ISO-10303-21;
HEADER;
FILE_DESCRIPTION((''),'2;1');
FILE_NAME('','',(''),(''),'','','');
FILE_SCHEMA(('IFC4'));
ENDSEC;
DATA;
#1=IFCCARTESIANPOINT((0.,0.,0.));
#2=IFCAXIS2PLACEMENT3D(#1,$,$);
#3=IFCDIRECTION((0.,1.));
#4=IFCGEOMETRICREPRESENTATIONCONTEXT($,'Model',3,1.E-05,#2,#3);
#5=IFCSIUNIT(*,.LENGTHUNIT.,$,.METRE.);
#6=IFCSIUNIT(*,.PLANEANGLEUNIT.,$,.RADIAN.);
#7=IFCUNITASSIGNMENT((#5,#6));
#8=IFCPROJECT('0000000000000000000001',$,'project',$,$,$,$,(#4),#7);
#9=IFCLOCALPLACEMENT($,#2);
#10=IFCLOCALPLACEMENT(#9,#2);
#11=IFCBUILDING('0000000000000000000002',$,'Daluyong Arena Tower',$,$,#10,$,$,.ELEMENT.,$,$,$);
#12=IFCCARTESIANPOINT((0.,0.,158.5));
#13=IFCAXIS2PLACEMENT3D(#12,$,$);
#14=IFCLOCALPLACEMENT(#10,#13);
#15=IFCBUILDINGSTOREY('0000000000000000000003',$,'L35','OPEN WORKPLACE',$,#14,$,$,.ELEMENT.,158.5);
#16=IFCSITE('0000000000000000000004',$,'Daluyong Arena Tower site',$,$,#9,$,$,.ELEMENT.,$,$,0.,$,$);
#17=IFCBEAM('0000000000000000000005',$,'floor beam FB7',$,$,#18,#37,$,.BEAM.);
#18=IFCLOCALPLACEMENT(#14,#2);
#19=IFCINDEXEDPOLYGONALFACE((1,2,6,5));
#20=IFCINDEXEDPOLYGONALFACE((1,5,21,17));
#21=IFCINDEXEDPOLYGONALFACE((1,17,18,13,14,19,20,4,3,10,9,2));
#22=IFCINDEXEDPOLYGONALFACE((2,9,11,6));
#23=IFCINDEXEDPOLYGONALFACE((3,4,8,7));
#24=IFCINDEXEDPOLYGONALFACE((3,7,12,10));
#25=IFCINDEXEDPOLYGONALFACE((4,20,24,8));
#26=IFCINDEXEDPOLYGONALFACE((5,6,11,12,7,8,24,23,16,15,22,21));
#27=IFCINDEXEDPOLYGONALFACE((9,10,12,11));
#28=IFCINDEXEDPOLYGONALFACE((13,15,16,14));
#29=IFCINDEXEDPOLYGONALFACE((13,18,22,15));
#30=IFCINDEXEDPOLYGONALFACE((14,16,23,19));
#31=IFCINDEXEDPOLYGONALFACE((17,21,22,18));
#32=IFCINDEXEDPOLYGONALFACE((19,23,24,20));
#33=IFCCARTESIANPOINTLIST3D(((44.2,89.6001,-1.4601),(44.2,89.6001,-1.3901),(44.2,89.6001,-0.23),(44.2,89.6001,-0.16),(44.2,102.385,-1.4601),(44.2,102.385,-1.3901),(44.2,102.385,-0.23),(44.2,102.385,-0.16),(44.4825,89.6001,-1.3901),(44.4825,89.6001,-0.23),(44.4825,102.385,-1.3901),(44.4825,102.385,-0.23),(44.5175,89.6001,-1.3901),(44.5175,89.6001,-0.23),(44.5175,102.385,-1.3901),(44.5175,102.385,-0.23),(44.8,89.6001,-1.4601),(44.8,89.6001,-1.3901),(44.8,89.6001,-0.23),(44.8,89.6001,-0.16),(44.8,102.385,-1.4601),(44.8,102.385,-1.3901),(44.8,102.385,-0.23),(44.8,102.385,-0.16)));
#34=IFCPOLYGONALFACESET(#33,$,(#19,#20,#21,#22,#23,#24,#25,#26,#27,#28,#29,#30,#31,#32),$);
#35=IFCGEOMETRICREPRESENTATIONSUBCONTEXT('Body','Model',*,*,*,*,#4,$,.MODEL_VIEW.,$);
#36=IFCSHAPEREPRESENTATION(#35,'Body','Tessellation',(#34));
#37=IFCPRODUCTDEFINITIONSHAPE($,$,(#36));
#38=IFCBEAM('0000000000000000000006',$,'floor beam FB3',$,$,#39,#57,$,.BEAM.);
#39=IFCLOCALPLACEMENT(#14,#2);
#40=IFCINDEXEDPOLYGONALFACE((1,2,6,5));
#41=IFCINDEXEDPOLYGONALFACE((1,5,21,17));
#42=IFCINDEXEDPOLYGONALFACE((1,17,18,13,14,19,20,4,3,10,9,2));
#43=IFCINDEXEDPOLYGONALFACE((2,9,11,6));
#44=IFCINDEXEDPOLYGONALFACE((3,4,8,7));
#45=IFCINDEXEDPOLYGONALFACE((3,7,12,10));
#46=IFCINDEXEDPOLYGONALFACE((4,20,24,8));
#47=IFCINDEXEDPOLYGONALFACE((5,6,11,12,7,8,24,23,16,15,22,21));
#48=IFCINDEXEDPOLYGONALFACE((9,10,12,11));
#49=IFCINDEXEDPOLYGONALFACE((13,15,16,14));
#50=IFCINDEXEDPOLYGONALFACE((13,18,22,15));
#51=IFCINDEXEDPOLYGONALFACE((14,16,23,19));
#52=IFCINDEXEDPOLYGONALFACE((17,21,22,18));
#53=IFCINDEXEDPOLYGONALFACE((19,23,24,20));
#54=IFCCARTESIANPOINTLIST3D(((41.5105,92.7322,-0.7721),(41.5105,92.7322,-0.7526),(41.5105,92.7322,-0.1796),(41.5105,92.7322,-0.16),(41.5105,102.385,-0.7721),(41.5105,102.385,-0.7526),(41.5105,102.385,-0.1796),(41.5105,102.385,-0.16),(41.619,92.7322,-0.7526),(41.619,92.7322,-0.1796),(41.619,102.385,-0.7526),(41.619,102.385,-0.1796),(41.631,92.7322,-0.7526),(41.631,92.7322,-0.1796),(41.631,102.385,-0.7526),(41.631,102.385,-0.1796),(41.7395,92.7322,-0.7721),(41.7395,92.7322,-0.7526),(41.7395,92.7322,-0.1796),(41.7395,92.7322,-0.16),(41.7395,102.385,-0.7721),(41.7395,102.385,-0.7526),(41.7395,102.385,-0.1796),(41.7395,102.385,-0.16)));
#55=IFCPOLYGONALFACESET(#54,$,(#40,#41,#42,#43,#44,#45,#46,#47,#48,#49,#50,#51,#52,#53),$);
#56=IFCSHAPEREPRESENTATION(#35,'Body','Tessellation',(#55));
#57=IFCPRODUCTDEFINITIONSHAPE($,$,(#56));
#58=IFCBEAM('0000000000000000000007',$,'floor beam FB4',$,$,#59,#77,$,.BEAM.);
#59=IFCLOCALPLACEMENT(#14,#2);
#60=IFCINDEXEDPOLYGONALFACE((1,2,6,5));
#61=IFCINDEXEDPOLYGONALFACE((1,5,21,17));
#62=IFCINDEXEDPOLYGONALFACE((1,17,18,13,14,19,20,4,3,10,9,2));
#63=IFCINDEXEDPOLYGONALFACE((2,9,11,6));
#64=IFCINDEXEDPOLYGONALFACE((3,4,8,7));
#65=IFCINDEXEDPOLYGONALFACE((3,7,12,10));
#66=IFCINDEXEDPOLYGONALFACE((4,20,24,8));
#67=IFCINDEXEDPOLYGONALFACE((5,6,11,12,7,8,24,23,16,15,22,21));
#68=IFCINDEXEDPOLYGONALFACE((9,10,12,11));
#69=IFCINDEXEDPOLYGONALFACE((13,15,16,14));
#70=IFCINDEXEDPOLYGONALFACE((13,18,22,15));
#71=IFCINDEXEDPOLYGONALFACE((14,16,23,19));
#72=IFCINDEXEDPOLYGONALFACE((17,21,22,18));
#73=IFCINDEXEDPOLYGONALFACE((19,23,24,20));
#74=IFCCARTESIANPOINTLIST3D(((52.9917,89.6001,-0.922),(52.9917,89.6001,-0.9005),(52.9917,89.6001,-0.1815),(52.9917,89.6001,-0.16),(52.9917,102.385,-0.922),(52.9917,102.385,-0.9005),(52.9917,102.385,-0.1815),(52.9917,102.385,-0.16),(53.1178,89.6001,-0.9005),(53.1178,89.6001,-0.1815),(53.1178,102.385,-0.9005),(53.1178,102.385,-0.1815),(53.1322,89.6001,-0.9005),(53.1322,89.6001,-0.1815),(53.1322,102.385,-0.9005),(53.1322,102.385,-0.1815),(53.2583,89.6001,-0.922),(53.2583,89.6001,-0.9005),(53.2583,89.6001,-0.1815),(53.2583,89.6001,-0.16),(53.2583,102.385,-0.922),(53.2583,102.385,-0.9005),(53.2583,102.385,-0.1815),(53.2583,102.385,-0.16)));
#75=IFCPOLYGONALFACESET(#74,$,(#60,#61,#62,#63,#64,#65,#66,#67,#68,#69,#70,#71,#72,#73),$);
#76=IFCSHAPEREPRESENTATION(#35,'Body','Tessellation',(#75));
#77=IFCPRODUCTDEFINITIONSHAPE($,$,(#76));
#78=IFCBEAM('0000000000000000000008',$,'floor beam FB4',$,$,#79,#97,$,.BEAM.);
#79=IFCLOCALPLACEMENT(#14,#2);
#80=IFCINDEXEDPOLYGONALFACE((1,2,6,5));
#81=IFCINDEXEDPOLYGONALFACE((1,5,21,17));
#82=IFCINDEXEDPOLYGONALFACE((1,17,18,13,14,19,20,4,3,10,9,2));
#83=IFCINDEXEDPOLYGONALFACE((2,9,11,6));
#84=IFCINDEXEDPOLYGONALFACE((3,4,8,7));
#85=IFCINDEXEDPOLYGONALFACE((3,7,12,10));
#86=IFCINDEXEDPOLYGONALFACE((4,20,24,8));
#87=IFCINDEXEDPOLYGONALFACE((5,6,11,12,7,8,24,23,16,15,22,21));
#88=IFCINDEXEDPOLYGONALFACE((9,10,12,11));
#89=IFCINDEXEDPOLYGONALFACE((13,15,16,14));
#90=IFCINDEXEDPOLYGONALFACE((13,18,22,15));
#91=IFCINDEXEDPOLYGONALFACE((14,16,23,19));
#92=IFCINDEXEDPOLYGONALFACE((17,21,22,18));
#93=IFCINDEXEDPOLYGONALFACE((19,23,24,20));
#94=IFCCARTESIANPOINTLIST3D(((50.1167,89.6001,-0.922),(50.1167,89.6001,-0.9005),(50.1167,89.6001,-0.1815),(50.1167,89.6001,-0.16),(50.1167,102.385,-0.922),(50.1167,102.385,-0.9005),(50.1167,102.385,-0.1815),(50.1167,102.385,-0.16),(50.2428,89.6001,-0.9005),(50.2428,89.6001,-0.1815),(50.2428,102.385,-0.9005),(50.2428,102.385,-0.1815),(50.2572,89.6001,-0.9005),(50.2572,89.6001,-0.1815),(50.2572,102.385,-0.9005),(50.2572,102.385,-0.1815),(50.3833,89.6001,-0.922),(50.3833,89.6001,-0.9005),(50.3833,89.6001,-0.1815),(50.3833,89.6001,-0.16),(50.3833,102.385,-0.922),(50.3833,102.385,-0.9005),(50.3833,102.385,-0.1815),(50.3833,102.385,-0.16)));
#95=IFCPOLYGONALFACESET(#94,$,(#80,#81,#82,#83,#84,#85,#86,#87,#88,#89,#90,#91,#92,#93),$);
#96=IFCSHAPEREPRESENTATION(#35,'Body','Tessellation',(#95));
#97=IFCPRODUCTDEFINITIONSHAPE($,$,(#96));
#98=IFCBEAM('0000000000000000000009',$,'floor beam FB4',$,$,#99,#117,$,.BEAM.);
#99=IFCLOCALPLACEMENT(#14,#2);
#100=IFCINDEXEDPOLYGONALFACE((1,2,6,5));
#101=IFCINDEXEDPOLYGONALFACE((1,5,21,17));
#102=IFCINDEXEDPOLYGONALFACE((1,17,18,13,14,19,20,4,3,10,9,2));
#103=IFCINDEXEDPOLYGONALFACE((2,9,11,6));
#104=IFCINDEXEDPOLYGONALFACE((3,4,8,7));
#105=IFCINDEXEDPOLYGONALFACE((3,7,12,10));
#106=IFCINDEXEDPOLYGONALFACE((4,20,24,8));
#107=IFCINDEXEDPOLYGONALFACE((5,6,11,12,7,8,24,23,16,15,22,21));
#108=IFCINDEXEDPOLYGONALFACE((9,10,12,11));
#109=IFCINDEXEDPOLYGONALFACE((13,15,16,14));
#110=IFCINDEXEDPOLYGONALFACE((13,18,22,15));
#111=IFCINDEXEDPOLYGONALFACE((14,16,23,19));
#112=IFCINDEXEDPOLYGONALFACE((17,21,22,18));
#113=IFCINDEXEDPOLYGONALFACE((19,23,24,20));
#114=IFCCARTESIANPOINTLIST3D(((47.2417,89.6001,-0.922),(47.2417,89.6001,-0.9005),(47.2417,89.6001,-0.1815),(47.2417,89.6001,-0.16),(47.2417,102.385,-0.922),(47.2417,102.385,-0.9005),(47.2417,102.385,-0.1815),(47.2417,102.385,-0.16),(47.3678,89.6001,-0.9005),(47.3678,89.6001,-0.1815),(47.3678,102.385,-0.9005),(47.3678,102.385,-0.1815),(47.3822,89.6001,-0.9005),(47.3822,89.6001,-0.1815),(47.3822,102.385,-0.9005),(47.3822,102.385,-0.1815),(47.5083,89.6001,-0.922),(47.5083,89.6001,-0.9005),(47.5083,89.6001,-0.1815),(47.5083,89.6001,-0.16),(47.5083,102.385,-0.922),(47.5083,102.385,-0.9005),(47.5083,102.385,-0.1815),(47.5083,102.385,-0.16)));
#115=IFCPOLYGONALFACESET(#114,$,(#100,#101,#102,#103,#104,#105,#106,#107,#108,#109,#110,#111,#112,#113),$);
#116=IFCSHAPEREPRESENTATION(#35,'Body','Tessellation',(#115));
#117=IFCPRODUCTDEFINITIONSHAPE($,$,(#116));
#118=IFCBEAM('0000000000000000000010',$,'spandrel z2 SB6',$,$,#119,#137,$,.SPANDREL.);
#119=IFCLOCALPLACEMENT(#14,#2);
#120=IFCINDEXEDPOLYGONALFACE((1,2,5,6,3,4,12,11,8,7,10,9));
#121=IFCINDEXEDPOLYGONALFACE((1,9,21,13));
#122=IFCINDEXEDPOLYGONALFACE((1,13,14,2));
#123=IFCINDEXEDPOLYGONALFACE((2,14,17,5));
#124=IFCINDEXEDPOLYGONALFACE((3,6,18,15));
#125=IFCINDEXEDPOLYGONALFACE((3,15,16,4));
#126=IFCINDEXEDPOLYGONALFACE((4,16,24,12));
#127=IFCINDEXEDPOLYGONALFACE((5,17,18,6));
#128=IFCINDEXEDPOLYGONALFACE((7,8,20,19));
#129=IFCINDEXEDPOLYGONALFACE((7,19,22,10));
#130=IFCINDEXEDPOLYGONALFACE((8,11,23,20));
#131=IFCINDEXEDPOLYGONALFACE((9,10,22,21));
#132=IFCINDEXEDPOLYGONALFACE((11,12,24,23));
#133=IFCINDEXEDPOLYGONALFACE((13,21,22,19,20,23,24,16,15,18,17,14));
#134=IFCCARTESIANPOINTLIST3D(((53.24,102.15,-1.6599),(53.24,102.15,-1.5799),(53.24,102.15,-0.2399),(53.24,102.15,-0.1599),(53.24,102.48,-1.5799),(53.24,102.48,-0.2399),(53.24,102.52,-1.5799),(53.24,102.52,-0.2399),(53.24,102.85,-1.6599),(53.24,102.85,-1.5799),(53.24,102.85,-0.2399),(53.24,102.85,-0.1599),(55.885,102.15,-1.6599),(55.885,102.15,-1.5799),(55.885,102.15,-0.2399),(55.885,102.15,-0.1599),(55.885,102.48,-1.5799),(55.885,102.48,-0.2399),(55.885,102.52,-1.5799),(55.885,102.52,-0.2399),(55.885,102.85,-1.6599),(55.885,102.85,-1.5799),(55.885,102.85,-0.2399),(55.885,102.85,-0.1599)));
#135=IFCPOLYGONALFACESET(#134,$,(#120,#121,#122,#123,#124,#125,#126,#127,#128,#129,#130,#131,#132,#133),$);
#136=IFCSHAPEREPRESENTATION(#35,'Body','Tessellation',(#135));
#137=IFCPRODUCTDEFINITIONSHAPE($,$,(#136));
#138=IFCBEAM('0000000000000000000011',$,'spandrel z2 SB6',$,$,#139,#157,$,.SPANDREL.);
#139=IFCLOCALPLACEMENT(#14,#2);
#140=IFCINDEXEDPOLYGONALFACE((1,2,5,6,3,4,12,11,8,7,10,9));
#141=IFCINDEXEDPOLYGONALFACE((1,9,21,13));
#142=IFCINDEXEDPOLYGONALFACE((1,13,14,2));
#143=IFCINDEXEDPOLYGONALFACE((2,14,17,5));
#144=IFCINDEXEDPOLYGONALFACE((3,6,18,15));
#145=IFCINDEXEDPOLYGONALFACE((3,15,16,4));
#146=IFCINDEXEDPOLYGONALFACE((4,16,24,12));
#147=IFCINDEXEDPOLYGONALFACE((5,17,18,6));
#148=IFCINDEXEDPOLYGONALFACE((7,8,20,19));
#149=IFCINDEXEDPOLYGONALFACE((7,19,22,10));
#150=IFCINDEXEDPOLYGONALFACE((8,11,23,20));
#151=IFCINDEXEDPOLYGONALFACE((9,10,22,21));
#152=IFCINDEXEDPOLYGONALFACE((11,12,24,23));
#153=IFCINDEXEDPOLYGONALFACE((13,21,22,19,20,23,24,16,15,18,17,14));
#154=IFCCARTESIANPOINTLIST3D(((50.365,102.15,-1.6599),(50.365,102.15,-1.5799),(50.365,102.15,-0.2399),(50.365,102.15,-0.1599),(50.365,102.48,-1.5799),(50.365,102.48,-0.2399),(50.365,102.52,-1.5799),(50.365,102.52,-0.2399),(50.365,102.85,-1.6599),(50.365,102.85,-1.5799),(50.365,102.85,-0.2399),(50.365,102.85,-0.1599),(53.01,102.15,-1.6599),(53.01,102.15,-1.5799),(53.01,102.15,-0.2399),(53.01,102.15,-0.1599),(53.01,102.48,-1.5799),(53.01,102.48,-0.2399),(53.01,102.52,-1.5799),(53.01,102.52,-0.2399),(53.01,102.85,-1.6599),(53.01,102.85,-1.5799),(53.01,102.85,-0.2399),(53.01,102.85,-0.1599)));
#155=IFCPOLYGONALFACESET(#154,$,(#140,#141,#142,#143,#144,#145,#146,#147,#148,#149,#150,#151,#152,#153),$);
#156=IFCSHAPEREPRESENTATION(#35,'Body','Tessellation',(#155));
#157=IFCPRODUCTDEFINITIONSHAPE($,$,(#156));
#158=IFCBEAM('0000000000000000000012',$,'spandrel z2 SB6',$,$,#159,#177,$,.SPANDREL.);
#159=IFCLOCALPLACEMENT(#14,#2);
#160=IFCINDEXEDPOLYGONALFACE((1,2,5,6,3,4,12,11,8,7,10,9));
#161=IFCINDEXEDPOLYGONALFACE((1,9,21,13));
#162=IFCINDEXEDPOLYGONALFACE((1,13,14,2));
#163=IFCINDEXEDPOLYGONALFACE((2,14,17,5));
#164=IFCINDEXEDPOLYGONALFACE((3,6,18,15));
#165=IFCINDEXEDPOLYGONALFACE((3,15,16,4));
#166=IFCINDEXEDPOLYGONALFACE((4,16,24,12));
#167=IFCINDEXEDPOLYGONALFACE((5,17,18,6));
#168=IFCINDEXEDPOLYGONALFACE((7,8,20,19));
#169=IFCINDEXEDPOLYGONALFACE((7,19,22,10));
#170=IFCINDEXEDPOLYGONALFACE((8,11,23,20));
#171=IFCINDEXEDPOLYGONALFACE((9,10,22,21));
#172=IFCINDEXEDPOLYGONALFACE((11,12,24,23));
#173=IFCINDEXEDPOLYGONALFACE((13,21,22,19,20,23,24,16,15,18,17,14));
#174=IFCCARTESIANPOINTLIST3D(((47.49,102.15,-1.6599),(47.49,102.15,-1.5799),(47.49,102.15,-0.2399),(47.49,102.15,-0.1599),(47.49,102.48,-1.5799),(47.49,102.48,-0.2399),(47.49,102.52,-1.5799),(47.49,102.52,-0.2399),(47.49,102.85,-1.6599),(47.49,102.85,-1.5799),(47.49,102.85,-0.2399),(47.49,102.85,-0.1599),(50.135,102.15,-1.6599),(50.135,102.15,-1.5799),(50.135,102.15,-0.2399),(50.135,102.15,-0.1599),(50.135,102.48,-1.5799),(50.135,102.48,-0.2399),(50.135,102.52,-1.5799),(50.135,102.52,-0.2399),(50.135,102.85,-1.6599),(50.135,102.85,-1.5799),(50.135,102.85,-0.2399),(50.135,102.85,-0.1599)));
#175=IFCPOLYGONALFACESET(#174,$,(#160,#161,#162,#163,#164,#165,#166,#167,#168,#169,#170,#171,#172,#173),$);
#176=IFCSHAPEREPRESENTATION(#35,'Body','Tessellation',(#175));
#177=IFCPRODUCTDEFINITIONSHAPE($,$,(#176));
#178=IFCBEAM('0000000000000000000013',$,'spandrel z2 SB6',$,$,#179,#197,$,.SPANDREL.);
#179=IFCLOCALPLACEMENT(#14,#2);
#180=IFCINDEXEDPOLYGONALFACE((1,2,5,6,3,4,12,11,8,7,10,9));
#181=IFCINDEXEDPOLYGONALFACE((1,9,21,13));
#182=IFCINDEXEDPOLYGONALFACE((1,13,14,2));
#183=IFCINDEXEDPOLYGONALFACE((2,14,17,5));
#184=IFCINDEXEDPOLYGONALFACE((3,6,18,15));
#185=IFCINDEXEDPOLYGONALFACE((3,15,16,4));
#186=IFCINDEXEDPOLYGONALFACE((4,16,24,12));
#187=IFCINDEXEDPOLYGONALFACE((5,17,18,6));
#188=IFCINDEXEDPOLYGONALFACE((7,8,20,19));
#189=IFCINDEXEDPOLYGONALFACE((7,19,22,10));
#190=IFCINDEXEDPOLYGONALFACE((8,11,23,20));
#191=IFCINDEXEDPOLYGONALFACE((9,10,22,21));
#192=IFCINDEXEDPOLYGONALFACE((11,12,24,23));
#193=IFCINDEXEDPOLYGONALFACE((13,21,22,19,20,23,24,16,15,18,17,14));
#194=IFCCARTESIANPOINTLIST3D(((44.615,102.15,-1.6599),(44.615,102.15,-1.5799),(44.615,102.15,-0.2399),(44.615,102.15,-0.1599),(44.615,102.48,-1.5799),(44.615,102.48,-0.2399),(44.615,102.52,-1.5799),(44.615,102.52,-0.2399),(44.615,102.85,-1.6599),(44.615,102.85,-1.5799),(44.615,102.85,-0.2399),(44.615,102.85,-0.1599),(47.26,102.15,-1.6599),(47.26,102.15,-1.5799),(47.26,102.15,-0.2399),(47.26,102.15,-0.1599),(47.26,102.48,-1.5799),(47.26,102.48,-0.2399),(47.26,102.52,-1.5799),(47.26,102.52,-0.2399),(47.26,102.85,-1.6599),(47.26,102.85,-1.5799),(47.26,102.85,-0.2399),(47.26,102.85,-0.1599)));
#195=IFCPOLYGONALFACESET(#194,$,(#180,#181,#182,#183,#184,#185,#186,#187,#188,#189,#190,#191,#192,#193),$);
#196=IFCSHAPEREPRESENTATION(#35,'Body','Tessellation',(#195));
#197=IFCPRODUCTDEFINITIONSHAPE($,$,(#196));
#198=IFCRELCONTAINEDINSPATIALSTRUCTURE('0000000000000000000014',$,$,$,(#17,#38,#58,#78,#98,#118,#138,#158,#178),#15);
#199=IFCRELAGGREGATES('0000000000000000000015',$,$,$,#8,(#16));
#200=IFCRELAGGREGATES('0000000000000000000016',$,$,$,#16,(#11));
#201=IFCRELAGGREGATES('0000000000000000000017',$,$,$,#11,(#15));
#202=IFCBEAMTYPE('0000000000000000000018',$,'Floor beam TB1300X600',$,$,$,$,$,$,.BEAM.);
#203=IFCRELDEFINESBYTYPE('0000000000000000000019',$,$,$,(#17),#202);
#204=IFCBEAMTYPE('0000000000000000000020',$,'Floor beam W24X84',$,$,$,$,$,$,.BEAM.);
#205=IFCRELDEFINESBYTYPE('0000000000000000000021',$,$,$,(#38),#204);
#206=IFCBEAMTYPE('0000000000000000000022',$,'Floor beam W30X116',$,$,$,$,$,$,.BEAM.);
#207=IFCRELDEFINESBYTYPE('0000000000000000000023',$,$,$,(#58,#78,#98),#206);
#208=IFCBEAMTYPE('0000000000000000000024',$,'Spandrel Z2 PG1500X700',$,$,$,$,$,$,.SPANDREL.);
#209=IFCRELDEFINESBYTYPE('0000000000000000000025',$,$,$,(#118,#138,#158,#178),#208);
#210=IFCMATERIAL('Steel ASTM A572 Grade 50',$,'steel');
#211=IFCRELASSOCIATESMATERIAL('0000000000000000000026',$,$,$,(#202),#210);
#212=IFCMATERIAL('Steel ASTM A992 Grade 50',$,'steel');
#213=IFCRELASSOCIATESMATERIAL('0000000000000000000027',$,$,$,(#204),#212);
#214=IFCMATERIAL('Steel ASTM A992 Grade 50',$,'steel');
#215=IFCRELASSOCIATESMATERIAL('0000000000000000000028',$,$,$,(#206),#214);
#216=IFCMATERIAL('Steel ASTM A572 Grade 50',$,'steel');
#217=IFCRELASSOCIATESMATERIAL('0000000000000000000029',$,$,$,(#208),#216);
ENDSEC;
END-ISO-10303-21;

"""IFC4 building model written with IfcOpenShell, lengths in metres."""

from ifc_helpers import new_model, si_unit, direction, frame, origin, origin_2d, place, context, subcontext, project, spatial, i_section, extrude, material, material_profile, profile_set, type_object, element, save


model = new_model("IFC4")

# Units and contexts
model_context = context("Model", 3, precision=1e-05, world=origin(), true_north=direction((0.0, 1.0)))
body_context = subcontext(model_context, "Body", "Model", "MODEL_VIEW")
ifc_project = project(units=[si_unit("LENGTHUNIT", "METRE"), si_unit("PLANEANGLEUNIT", "RADIAN")], contexts=[model_context])

# Site, building, storey
site_placement = place(None, origin())
site = spatial("IfcSite", under=ifc_project, at=site_placement, Name="Daluyong Arena Tower site", CompositionType="ELEMENT", RefElevation=0.0)
building_placement = place(site_placement, origin())
building = spatial("IfcBuilding", under=site, at=building_placement, Name="Daluyong Arena Tower", CompositionType="ELEMENT")
storey_placement = place(building_placement, frame((0.0, 0.0, 158.5)))
storey = spatial("IfcBuildingStorey", under=building, at=storey_placement, Name="L35", Description="OPEN WORKPLACE", CompositionType="ELEMENT", Elevation=158.5)

# Beams
ifc_material_1 = material(Name="Steel ASTM A572 Grade 50", Category="steel")
ifc_material_profile_1 = material_profile(ifc_material_1, i_section(OverallWidth=0.6001, OverallDepth=1.3, WebThickness=0.035, FlangeThickness=0.07, at=origin_2d()))
ifc_profile_set_1 = profile_set([ifc_material_profile_1], Name="Steel ASTM A572 Grade 50")
beam_type_1 = type_object("IfcBeamType", Name="Floor beam TB1300X600", PredefinedType="BEAM", material=ifc_profile_set_1)
beam_1_placement = place(storey_placement, frame((44.5, 102.385, -0.8101), z_axis=(0.0, -1.0, 0.0), x_axis=(1.0, 0.0, 0.0)))
element("IfcBeam", 1, at=beam_1_placement, inside=storey, type_object=beam_type_1, Name="floor beam FB7", PredefinedType="BEAM", context=body_context, shape_type="SweptSolid", body=[
    extrude(i_section(OverallWidth=0.6001, OverallDepth=1.3, WebThickness=0.035, FlangeThickness=0.07, at=origin_2d()), origin(), (0.0, 0.0, 1.0), 12.7849),
])
ifc_material_2 = material(Name="Steel ASTM A992 Grade 50", Category="steel")
ifc_material_profile_2 = material_profile(ifc_material_2, i_section(OverallWidth=0.229, OverallDepth=0.6121, WebThickness=0.012, FlangeThickness=0.0195, at=origin_2d()))
ifc_profile_set_2 = profile_set([ifc_material_profile_2], Name="Steel ASTM A992 Grade 50")
beam_type_2 = type_object("IfcBeamType", Name="Floor beam W24X84", PredefinedType="BEAM", material=ifc_profile_set_2)
beam_2_placement = place(storey_placement, frame((41.625, 102.385, -0.4661), z_axis=(0.0, -1.0, 0.0), x_axis=(1.0, 0.0, 0.0)))
element("IfcBeam", 2, at=beam_2_placement, inside=storey, type_object=beam_type_2, Name="floor beam FB3", PredefinedType="BEAM", context=body_context, shape_type="SweptSolid", body=[
    extrude(i_section(OverallWidth=0.229, OverallDepth=0.6121, WebThickness=0.012, FlangeThickness=0.0195, at=origin_2d()), origin(), (0.0, 0.0, 1.0), 9.6528),
])
ifc_material_3 = material(Name="Steel ASTM A992 Grade 50", Category="steel")
ifc_material_profile_3 = material_profile(ifc_material_3, i_section(OverallWidth=0.2666, OverallDepth=0.762, WebThickness=0.0144, FlangeThickness=0.0215, at=origin_2d()))
ifc_profile_set_3 = profile_set([ifc_material_profile_3], Name="Steel ASTM A992 Grade 50")
beam_type_3 = type_object("IfcBeamType", Name="Floor beam W30X116", PredefinedType="BEAM", material=ifc_profile_set_3)
for number, where, z_axis, x_axis, name in (
    (3, (53.125, 102.385, -0.541), (0.0, -1.0, 0.0), (1.0, 0.0, 0.0), "floor beam FB4"),
    (4, (50.25, 102.385, -0.541), (0.0, -1.0, 0.0), (1.0, 0.0, 0.0), "floor beam FB4"),
    (5, (47.375, 102.385, -0.541), (0.0, -1.0, 0.0), (1.0, 0.0, 0.0), "floor beam FB4"),
):
    element("IfcBeam", number, at=place(storey_placement, frame(where, z_axis=z_axis, x_axis=x_axis)), inside=storey, type_object=beam_type_3, Name=name, PredefinedType="BEAM", context=body_context, shape_type="SweptSolid", body=[
        extrude(i_section(OverallWidth=0.2666, OverallDepth=0.762, WebThickness=0.0144, FlangeThickness=0.0215, at=origin_2d()), origin(), (0.0, 0.0, 1.0), 12.7849),
    ])
ifc_material_4 = material(Name="Steel ASTM A572 Grade 50", Category="steel")
ifc_material_profile_4 = material_profile(ifc_material_4, i_section(OverallWidth=0.7, OverallDepth=1.5, WebThickness=0.04, FlangeThickness=0.08, at=origin_2d()))
ifc_profile_set_4 = profile_set([ifc_material_profile_4], Name="Steel ASTM A572 Grade 50")
beam_type_4 = type_object("IfcBeamType", Name="Spandrel Z2 PG1500X700", PredefinedType="SPANDREL", material=ifc_profile_set_4)
for number, where, z_axis, x_axis, name in (
    (6, (55.885, 102.5, -0.9099), (-1.0, 0.0, 0.0), (0.0, -1.0, 0.0), "spandrel z2 SB6"),
    (7, (53.01, 102.5, -0.9099), (-1.0, 0.0, 0.0), (0.0, -1.0, 0.0), "spandrel z2 SB6"),
    (8, (50.135, 102.5, -0.9099), (-1.0, 0.0, 0.0), (0.0, -1.0, 0.0), "spandrel z2 SB6"),
    (9, (47.26, 102.5, -0.9099), (-1.0, 0.0, 0.0), (0.0, -1.0, 0.0), "spandrel z2 SB6"),
):
    element("IfcBeam", number, at=place(storey_placement, frame(where, z_axis=z_axis, x_axis=x_axis)), inside=storey, type_object=beam_type_4, Name=name, PredefinedType="SPANDREL", context=body_context, shape_type="SweptSolid", body=[
        extrude(i_section(OverallWidth=0.7, OverallDepth=1.5, WebThickness=0.04, FlangeThickness=0.08, at=origin_2d()), origin(), (0.0, 0.0, 1.0), 2.645),
    ])

save(model, "model.ifc")
